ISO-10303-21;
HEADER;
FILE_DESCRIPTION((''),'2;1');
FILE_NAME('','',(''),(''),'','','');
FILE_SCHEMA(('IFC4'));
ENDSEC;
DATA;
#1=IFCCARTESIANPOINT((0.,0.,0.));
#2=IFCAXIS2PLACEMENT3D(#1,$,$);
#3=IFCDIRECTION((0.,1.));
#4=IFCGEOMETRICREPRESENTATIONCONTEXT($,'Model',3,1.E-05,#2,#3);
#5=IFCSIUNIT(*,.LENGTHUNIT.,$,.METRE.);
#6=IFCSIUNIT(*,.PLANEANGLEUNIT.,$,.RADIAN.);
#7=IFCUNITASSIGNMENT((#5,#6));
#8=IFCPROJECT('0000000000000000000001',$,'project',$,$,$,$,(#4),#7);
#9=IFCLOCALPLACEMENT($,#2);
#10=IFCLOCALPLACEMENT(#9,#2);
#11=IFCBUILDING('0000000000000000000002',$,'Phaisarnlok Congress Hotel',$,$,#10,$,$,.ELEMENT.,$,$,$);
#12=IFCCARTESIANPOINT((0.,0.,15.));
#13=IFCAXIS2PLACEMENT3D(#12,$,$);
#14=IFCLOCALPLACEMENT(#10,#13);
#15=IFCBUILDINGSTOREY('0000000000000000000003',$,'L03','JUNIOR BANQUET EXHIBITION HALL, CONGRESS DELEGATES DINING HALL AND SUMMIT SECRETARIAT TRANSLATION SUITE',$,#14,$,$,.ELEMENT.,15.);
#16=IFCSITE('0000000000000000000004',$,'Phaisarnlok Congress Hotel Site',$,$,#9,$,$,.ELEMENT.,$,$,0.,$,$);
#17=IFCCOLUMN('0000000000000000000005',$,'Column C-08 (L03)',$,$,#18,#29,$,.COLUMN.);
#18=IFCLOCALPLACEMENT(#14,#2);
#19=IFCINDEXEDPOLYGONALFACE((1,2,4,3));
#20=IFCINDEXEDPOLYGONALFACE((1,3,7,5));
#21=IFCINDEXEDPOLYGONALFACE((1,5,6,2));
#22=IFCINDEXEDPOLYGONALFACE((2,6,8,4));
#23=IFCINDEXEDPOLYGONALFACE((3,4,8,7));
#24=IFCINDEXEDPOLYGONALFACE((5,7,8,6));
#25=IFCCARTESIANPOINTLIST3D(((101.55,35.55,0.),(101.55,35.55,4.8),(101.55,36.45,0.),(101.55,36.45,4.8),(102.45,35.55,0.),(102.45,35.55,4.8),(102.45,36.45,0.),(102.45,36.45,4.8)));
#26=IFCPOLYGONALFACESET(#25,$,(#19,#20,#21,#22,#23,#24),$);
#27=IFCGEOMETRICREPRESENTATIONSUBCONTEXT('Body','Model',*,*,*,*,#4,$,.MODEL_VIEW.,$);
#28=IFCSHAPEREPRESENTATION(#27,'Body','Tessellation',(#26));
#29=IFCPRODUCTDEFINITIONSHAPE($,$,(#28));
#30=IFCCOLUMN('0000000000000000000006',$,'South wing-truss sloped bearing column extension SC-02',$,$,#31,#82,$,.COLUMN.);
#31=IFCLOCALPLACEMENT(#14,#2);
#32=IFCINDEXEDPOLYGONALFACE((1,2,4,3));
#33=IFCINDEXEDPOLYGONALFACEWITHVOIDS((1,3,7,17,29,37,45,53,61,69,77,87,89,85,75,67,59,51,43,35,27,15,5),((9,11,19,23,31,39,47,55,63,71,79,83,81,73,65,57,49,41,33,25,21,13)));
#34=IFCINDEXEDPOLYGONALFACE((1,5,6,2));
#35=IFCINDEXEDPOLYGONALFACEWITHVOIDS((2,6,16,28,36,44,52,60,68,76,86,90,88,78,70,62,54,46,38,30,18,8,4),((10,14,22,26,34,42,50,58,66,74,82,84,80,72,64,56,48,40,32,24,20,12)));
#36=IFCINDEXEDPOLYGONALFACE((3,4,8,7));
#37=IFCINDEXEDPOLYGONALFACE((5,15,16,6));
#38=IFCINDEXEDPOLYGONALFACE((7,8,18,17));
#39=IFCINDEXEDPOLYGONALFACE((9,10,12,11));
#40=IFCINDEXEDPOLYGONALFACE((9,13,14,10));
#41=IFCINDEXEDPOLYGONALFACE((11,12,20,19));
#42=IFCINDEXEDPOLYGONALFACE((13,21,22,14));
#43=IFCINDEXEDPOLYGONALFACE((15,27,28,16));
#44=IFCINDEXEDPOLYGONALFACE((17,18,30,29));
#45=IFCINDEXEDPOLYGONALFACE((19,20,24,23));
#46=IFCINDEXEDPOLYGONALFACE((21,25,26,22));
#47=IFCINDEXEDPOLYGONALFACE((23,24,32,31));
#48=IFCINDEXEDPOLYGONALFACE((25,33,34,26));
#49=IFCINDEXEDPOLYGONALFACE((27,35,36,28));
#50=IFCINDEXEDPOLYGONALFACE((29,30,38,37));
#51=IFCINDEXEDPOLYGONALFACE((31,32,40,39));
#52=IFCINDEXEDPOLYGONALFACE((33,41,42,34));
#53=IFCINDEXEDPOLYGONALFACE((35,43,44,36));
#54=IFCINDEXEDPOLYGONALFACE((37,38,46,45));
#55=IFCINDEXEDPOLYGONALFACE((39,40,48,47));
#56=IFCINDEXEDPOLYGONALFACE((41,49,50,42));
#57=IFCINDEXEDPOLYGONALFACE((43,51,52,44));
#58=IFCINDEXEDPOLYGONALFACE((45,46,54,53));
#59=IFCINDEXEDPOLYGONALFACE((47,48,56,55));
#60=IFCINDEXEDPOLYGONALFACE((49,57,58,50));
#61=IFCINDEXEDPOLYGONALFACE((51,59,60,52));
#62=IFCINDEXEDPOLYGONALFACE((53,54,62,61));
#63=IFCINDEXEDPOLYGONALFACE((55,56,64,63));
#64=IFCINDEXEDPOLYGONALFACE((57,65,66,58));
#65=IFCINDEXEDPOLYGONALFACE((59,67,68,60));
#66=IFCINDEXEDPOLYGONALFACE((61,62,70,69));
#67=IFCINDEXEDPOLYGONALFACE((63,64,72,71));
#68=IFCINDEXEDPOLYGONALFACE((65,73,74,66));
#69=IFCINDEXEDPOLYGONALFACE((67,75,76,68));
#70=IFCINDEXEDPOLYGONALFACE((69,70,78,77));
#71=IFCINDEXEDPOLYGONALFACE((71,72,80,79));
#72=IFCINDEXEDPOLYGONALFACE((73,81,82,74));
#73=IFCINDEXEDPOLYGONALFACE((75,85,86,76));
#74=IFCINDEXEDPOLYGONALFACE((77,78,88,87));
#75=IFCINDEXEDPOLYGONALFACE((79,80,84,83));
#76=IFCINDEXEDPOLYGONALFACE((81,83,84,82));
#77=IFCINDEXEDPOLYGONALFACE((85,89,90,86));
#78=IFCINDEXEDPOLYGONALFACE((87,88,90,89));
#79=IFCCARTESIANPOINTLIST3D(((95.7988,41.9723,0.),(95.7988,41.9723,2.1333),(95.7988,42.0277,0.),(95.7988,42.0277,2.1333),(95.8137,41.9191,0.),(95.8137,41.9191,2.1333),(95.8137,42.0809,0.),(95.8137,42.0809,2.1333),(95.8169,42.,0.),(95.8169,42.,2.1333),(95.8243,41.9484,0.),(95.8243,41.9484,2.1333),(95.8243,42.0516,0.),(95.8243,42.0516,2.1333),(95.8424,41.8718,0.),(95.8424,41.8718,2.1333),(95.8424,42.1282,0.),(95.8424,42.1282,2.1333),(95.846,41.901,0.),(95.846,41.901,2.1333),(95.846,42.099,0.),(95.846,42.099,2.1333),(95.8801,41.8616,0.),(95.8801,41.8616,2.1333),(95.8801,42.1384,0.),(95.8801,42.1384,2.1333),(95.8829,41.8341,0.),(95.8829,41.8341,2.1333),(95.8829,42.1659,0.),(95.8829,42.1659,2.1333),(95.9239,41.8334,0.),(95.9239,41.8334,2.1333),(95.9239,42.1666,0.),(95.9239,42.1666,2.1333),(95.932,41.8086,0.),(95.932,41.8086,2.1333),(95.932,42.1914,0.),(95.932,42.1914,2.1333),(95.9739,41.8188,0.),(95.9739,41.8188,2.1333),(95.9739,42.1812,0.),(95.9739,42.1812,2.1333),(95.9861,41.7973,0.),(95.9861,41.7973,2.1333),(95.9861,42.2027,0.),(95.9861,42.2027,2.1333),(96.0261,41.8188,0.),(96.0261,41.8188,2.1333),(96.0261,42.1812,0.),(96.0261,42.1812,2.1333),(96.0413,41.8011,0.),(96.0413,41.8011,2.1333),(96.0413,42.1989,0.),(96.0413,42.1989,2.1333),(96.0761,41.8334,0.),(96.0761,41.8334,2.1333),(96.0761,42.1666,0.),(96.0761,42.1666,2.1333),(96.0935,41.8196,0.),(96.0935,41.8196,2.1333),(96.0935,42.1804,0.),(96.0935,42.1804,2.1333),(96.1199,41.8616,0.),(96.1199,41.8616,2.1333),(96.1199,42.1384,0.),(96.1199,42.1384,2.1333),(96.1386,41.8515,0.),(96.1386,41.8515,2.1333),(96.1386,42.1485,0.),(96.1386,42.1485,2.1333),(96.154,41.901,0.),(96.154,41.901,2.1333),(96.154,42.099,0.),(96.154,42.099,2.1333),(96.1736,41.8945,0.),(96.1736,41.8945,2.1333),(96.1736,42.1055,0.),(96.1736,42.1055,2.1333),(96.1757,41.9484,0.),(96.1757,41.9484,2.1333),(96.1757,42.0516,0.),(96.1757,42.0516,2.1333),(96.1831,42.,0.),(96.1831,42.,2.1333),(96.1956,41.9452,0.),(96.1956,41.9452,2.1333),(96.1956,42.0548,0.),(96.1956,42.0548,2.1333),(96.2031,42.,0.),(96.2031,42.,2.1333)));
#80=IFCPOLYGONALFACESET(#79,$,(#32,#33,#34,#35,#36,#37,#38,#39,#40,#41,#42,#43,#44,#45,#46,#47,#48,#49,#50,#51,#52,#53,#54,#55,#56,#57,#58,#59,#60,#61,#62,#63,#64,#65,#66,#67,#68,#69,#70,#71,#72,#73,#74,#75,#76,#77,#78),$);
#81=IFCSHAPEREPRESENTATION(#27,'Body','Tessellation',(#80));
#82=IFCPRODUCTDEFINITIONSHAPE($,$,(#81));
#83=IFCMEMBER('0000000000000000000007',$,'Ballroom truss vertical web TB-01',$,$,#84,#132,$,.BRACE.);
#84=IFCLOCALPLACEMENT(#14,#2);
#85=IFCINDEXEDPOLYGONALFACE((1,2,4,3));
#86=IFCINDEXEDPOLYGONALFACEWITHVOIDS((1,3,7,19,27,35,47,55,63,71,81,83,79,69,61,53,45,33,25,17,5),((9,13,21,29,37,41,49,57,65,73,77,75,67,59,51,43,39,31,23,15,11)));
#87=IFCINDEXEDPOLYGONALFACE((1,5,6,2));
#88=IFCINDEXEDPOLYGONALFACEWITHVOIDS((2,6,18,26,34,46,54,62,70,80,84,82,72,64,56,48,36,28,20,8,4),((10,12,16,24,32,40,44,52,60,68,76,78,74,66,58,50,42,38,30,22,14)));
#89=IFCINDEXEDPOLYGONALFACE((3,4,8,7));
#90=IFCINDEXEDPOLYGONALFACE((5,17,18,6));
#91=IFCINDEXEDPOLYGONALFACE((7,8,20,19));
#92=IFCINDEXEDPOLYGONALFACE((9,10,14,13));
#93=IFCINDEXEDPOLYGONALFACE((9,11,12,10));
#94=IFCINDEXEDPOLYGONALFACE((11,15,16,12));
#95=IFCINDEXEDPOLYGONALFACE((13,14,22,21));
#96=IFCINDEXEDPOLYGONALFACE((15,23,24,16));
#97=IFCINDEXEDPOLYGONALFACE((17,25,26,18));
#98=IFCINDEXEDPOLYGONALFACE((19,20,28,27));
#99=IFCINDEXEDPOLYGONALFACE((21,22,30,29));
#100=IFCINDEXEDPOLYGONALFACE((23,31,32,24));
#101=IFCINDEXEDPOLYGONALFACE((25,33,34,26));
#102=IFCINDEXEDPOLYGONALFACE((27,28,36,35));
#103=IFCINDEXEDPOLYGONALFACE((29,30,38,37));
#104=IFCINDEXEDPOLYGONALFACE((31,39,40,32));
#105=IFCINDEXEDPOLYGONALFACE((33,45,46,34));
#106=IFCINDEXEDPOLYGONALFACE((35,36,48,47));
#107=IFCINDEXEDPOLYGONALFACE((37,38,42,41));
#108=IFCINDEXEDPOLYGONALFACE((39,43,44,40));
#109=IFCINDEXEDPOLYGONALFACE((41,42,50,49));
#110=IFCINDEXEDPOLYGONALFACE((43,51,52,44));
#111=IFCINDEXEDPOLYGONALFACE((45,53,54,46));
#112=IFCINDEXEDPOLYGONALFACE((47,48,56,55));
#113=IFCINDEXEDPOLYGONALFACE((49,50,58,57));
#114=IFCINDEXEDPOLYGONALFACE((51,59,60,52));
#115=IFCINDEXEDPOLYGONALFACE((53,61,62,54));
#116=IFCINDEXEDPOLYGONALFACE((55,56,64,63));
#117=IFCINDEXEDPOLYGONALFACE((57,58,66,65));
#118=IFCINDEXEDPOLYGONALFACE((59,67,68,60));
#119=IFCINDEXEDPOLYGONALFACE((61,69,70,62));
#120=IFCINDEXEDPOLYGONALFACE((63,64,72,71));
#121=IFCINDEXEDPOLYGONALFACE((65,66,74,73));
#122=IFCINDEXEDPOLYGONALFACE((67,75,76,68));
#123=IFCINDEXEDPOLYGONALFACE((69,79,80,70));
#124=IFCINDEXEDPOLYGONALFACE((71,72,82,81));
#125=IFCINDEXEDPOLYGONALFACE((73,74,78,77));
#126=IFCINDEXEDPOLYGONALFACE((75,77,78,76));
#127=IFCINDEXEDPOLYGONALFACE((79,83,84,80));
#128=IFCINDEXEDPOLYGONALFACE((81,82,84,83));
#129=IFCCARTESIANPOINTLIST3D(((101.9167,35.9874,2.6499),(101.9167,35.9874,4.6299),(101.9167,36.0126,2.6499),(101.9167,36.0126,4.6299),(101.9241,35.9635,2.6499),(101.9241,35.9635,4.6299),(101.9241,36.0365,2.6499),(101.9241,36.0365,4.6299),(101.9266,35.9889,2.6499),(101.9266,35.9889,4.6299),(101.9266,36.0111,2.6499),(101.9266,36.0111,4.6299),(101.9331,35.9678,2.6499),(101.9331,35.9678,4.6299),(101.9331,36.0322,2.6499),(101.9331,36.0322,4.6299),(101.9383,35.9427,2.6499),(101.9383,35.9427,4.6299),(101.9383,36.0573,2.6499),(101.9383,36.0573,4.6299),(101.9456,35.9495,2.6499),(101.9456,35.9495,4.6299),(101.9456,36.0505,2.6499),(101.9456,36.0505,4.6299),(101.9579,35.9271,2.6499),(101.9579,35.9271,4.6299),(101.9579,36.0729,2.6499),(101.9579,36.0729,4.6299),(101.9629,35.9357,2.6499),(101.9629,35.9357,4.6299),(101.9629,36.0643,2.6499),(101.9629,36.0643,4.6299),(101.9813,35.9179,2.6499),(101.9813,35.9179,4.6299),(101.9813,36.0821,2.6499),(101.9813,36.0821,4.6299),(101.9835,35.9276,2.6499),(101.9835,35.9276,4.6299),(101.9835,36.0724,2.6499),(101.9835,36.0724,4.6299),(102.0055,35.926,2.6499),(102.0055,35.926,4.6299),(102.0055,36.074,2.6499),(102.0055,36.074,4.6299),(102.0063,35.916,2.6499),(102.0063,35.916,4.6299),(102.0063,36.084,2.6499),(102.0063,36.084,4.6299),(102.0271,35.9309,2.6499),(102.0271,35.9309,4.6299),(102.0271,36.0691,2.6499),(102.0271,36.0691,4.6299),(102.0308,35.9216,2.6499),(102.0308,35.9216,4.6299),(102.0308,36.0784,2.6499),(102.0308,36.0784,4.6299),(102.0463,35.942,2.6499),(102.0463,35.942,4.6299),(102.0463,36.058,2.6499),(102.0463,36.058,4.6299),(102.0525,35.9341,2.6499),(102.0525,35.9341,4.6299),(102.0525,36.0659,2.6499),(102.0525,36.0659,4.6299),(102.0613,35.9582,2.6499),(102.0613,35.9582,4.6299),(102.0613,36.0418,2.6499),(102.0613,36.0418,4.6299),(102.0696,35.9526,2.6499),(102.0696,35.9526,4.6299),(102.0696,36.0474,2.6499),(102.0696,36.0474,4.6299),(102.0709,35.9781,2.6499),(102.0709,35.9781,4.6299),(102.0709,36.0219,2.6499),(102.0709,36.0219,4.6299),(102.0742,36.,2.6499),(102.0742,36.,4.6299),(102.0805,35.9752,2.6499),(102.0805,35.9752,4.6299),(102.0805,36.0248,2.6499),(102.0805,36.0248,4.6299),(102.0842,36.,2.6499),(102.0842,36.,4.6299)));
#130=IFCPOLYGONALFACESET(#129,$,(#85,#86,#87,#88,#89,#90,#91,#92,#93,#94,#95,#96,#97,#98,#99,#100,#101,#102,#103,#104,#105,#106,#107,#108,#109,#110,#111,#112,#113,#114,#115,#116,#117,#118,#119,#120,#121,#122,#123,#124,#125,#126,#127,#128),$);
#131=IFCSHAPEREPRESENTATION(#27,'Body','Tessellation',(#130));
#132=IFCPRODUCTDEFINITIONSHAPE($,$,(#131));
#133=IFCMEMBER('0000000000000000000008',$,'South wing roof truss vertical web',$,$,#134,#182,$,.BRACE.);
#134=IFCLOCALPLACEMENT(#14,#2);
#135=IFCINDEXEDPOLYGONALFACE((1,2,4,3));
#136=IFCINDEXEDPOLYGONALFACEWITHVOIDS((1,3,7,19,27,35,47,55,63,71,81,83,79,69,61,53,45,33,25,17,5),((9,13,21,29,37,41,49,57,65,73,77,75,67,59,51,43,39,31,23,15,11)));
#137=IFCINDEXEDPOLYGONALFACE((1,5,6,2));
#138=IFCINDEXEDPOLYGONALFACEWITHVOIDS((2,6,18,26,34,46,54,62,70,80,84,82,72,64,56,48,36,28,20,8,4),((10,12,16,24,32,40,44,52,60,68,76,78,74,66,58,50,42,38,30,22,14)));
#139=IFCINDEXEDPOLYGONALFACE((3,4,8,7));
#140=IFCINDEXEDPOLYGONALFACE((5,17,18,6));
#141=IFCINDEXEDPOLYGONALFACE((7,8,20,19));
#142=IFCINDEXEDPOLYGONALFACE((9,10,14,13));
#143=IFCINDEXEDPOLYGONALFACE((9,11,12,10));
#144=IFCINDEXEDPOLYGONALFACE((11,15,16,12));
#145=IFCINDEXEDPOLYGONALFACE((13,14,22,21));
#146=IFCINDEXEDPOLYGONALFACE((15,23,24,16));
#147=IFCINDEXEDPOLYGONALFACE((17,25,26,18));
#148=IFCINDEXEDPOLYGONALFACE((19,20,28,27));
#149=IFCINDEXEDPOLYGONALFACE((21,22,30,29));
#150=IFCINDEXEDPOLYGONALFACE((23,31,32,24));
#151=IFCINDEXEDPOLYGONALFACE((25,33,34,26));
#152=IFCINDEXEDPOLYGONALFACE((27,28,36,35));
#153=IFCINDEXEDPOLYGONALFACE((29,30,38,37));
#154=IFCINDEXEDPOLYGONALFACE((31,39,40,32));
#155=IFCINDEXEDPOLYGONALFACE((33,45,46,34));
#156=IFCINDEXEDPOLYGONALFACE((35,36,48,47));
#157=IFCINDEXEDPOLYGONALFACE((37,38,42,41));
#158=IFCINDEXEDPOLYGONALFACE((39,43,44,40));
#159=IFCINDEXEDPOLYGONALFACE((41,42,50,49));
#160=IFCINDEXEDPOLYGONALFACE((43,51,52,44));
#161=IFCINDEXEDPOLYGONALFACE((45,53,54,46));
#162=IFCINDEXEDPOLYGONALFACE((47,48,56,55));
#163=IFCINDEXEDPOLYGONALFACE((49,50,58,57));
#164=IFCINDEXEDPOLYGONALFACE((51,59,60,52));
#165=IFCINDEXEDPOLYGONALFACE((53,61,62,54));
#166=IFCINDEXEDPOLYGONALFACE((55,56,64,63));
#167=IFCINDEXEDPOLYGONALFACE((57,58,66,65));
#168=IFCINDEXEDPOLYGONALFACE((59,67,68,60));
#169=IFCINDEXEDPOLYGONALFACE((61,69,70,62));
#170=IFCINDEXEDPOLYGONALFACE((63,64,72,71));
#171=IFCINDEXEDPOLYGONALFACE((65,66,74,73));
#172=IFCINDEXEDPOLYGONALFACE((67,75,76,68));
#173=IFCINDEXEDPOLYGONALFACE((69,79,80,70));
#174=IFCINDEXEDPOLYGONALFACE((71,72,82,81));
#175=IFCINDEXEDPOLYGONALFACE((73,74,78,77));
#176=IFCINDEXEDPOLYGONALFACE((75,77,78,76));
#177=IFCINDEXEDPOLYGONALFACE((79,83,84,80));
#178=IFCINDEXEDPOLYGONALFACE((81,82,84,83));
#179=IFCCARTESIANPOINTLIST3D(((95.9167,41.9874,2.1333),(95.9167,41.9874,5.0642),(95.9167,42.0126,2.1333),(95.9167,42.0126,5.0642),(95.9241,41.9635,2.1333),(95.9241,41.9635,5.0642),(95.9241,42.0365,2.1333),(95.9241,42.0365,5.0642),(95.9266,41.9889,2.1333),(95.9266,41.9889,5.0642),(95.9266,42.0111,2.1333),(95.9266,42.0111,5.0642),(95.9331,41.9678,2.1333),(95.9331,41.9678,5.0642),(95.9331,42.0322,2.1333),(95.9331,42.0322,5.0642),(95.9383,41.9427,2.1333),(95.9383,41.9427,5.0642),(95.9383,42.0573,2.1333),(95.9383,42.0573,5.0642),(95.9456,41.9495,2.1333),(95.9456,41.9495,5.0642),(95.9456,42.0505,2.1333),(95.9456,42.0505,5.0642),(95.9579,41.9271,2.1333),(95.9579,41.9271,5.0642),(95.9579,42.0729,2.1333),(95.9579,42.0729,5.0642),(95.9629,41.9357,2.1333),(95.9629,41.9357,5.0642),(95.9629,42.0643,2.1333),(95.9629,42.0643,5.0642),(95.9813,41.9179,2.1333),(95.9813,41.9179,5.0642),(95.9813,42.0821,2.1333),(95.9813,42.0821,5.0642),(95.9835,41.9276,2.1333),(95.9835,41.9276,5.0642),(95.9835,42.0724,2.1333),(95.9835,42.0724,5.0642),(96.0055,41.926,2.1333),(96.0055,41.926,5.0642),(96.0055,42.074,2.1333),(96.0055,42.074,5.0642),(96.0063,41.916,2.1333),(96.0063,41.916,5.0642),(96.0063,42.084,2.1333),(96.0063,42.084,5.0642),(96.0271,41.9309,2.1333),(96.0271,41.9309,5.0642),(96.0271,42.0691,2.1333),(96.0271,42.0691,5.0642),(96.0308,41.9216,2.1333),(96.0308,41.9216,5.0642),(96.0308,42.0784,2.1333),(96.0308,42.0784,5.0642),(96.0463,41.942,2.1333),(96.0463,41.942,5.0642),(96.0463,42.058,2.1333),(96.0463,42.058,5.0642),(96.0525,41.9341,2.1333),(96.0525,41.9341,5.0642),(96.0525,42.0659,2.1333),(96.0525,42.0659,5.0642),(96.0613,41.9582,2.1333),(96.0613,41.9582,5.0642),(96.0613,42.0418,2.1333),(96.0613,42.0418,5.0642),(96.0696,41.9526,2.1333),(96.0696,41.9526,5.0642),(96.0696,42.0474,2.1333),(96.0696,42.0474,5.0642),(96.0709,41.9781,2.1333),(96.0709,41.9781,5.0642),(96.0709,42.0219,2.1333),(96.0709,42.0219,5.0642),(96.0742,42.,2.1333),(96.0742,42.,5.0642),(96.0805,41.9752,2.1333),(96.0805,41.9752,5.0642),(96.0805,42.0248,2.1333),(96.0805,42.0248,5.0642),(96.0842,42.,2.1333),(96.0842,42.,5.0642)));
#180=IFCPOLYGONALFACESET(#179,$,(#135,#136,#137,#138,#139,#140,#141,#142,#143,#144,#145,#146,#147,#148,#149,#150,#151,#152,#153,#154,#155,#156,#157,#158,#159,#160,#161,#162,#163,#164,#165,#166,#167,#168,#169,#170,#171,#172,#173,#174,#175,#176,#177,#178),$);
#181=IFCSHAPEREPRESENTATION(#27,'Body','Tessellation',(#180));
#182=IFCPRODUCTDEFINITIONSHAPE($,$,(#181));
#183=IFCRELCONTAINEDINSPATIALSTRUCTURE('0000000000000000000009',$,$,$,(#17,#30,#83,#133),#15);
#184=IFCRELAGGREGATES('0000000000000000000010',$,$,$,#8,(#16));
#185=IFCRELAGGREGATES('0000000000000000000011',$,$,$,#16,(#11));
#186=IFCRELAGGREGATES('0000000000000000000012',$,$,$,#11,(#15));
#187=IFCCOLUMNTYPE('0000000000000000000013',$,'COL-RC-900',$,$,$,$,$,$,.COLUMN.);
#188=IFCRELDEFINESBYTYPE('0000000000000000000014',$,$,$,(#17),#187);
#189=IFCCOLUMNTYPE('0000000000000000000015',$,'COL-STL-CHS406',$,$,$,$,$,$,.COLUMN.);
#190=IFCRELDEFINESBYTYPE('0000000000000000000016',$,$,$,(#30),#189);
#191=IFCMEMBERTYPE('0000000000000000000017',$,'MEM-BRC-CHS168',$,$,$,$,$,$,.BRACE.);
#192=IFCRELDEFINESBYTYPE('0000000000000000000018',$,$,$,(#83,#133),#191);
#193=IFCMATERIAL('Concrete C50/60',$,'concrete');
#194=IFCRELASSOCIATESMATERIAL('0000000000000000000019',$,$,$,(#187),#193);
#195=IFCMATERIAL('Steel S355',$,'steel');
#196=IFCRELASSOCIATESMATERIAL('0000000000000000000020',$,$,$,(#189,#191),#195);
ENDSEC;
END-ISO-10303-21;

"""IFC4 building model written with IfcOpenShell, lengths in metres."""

from ifc_helpers import new_model, si_unit, direction, frame, origin, origin_2d, place, context, subcontext, project, spatial, rectangle, hollow_circle, extrude, material, material_profile, profile_set, type_object, element, save


model = new_model("IFC4")

# Units and contexts
model_context = context("Model", 3, precision=1e-05, world=origin(), true_north=direction((0.0, 1.0)))
body_context = subcontext(model_context, "Body", "Model", "MODEL_VIEW")
ifc_project = project(units=[si_unit("LENGTHUNIT", "METRE"), si_unit("PLANEANGLEUNIT", "RADIAN")], contexts=[model_context])

# Site, building, storey
site_placement = place(None, origin())
site = spatial("IfcSite", under=ifc_project, at=site_placement, Name="Phaisarnlok Congress Hotel Site", CompositionType="ELEMENT", RefElevation=0.0)
building_placement = place(site_placement, origin())
building = spatial("IfcBuilding", under=site, at=building_placement, Name="Phaisarnlok Congress Hotel", CompositionType="ELEMENT")
storey_placement = place(building_placement, frame((0.0, 0.0, 15.0)))
storey = spatial("IfcBuildingStorey", under=building, at=storey_placement, Name="L03", Description="JUNIOR BANQUET EXHIBITION HALL, CONGRESS DELEGATES DINING HALL AND SUMMIT SECRETARIAT TRANSLATION SUITE", CompositionType="ELEMENT", Elevation=15.0)

# Columns
ifc_material_1 = material(Name="Concrete C50/60", Category="concrete")
ifc_material_profile_1 = material_profile(ifc_material_1, rectangle(XDim=0.8999, YDim=0.8999, at=origin_2d()), Name="RC 900x900")
ifc_profile_set_1 = profile_set([ifc_material_profile_1], Name="Concrete C50/60")
column_type_1 = type_object("IfcColumnType", Name="COL-RC-900", PredefinedType="COLUMN", material=ifc_profile_set_1)
column_1_placement = place(storey_placement, frame((102.0, 36.0, 0.0), z_axis=(0.0, 0.0, 1.0), x_axis=(1.0, 0.0, 0.0)))
element("IfcColumn", 1, at=column_1_placement, inside=storey, type_object=column_type_1, Name="Column C-08 (L03)", PredefinedType="COLUMN", context=body_context, shape_type="SweptSolid", body=[
    extrude(rectangle(XDim=0.8999, YDim=0.8999, at=origin_2d()), origin(), (0.0, 0.0, 1.0), 4.8),
])
ifc_material_2 = material(Name="Steel S355", Category="steel")
ifc_material_profile_2 = material_profile(ifc_material_2, hollow_circle(Radius=0.2031, WallThickness=0.02, at=origin_2d()), Name="CHS 406.4x20")
ifc_profile_set_2 = profile_set([ifc_material_profile_2], Name="Steel S355")
column_type_2 = type_object("IfcColumnType", Name="COL-STL-CHS406", PredefinedType="COLUMN", material=ifc_profile_set_2)
column_2_placement = place(storey_placement, frame((96.0, 42.0, 0.0), z_axis=(0.0, 0.0, 1.0), x_axis=(1.0, 0.0, 0.0)))
element("IfcColumn", 2, at=column_2_placement, inside=storey, type_object=column_type_2, Name="South wing-truss sloped bearing column extension SC-02", PredefinedType="COLUMN", context=body_context, shape_type="SweptSolid", body=[
    extrude(hollow_circle(Radius=0.2031, WallThickness=0.02, at=origin_2d()), origin(), (0.0, 0.0, 1.0), 2.1333),
])

# Members
ifc_material_profile_3 = material_profile(ifc_material_2, hollow_circle(Radius=0.0842, WallThickness=0.01, at=origin_2d()), Name="CHS 168.3x10")
ifc_profile_set_3 = profile_set([ifc_material_profile_3], Name="Steel S355")
member_type_1 = type_object("IfcMemberType", Name="MEM-BRC-CHS168", PredefinedType="BRACE", material=ifc_profile_set_3)
member_1_placement = place(storey_placement, frame((102.0, 36.0, 2.6499), z_axis=(0.0, 0.0, 1.0), x_axis=(1.0, 0.0, 0.0)))
element("IfcMember", 3, at=member_1_placement, inside=storey, type_object=member_type_1, Name="Ballroom truss vertical web TB-01", PredefinedType="BRACE", context=body_context, shape_type="SweptSolid", body=[
    extrude(hollow_circle(Radius=0.0842, WallThickness=0.01, at=origin_2d()), origin(), (0.0, 0.0, 1.0), 1.98),
])
member_2_placement = place(storey_placement, frame((96.0, 42.0, 2.1333), z_axis=(0.0, 0.0, 1.0), x_axis=(1.0, 0.0, 0.0)))
element("IfcMember", 4, at=member_2_placement, inside=storey, type_object=member_type_1, Name="South wing roof truss vertical web", PredefinedType="BRACE", context=body_context, shape_type="SweptSolid", body=[
    extrude(hollow_circle(Radius=0.0842, WallThickness=0.01, at=origin_2d()), origin(), (0.0, 0.0, 1.0), 2.9309),
])

save(model, "model.ifc")
